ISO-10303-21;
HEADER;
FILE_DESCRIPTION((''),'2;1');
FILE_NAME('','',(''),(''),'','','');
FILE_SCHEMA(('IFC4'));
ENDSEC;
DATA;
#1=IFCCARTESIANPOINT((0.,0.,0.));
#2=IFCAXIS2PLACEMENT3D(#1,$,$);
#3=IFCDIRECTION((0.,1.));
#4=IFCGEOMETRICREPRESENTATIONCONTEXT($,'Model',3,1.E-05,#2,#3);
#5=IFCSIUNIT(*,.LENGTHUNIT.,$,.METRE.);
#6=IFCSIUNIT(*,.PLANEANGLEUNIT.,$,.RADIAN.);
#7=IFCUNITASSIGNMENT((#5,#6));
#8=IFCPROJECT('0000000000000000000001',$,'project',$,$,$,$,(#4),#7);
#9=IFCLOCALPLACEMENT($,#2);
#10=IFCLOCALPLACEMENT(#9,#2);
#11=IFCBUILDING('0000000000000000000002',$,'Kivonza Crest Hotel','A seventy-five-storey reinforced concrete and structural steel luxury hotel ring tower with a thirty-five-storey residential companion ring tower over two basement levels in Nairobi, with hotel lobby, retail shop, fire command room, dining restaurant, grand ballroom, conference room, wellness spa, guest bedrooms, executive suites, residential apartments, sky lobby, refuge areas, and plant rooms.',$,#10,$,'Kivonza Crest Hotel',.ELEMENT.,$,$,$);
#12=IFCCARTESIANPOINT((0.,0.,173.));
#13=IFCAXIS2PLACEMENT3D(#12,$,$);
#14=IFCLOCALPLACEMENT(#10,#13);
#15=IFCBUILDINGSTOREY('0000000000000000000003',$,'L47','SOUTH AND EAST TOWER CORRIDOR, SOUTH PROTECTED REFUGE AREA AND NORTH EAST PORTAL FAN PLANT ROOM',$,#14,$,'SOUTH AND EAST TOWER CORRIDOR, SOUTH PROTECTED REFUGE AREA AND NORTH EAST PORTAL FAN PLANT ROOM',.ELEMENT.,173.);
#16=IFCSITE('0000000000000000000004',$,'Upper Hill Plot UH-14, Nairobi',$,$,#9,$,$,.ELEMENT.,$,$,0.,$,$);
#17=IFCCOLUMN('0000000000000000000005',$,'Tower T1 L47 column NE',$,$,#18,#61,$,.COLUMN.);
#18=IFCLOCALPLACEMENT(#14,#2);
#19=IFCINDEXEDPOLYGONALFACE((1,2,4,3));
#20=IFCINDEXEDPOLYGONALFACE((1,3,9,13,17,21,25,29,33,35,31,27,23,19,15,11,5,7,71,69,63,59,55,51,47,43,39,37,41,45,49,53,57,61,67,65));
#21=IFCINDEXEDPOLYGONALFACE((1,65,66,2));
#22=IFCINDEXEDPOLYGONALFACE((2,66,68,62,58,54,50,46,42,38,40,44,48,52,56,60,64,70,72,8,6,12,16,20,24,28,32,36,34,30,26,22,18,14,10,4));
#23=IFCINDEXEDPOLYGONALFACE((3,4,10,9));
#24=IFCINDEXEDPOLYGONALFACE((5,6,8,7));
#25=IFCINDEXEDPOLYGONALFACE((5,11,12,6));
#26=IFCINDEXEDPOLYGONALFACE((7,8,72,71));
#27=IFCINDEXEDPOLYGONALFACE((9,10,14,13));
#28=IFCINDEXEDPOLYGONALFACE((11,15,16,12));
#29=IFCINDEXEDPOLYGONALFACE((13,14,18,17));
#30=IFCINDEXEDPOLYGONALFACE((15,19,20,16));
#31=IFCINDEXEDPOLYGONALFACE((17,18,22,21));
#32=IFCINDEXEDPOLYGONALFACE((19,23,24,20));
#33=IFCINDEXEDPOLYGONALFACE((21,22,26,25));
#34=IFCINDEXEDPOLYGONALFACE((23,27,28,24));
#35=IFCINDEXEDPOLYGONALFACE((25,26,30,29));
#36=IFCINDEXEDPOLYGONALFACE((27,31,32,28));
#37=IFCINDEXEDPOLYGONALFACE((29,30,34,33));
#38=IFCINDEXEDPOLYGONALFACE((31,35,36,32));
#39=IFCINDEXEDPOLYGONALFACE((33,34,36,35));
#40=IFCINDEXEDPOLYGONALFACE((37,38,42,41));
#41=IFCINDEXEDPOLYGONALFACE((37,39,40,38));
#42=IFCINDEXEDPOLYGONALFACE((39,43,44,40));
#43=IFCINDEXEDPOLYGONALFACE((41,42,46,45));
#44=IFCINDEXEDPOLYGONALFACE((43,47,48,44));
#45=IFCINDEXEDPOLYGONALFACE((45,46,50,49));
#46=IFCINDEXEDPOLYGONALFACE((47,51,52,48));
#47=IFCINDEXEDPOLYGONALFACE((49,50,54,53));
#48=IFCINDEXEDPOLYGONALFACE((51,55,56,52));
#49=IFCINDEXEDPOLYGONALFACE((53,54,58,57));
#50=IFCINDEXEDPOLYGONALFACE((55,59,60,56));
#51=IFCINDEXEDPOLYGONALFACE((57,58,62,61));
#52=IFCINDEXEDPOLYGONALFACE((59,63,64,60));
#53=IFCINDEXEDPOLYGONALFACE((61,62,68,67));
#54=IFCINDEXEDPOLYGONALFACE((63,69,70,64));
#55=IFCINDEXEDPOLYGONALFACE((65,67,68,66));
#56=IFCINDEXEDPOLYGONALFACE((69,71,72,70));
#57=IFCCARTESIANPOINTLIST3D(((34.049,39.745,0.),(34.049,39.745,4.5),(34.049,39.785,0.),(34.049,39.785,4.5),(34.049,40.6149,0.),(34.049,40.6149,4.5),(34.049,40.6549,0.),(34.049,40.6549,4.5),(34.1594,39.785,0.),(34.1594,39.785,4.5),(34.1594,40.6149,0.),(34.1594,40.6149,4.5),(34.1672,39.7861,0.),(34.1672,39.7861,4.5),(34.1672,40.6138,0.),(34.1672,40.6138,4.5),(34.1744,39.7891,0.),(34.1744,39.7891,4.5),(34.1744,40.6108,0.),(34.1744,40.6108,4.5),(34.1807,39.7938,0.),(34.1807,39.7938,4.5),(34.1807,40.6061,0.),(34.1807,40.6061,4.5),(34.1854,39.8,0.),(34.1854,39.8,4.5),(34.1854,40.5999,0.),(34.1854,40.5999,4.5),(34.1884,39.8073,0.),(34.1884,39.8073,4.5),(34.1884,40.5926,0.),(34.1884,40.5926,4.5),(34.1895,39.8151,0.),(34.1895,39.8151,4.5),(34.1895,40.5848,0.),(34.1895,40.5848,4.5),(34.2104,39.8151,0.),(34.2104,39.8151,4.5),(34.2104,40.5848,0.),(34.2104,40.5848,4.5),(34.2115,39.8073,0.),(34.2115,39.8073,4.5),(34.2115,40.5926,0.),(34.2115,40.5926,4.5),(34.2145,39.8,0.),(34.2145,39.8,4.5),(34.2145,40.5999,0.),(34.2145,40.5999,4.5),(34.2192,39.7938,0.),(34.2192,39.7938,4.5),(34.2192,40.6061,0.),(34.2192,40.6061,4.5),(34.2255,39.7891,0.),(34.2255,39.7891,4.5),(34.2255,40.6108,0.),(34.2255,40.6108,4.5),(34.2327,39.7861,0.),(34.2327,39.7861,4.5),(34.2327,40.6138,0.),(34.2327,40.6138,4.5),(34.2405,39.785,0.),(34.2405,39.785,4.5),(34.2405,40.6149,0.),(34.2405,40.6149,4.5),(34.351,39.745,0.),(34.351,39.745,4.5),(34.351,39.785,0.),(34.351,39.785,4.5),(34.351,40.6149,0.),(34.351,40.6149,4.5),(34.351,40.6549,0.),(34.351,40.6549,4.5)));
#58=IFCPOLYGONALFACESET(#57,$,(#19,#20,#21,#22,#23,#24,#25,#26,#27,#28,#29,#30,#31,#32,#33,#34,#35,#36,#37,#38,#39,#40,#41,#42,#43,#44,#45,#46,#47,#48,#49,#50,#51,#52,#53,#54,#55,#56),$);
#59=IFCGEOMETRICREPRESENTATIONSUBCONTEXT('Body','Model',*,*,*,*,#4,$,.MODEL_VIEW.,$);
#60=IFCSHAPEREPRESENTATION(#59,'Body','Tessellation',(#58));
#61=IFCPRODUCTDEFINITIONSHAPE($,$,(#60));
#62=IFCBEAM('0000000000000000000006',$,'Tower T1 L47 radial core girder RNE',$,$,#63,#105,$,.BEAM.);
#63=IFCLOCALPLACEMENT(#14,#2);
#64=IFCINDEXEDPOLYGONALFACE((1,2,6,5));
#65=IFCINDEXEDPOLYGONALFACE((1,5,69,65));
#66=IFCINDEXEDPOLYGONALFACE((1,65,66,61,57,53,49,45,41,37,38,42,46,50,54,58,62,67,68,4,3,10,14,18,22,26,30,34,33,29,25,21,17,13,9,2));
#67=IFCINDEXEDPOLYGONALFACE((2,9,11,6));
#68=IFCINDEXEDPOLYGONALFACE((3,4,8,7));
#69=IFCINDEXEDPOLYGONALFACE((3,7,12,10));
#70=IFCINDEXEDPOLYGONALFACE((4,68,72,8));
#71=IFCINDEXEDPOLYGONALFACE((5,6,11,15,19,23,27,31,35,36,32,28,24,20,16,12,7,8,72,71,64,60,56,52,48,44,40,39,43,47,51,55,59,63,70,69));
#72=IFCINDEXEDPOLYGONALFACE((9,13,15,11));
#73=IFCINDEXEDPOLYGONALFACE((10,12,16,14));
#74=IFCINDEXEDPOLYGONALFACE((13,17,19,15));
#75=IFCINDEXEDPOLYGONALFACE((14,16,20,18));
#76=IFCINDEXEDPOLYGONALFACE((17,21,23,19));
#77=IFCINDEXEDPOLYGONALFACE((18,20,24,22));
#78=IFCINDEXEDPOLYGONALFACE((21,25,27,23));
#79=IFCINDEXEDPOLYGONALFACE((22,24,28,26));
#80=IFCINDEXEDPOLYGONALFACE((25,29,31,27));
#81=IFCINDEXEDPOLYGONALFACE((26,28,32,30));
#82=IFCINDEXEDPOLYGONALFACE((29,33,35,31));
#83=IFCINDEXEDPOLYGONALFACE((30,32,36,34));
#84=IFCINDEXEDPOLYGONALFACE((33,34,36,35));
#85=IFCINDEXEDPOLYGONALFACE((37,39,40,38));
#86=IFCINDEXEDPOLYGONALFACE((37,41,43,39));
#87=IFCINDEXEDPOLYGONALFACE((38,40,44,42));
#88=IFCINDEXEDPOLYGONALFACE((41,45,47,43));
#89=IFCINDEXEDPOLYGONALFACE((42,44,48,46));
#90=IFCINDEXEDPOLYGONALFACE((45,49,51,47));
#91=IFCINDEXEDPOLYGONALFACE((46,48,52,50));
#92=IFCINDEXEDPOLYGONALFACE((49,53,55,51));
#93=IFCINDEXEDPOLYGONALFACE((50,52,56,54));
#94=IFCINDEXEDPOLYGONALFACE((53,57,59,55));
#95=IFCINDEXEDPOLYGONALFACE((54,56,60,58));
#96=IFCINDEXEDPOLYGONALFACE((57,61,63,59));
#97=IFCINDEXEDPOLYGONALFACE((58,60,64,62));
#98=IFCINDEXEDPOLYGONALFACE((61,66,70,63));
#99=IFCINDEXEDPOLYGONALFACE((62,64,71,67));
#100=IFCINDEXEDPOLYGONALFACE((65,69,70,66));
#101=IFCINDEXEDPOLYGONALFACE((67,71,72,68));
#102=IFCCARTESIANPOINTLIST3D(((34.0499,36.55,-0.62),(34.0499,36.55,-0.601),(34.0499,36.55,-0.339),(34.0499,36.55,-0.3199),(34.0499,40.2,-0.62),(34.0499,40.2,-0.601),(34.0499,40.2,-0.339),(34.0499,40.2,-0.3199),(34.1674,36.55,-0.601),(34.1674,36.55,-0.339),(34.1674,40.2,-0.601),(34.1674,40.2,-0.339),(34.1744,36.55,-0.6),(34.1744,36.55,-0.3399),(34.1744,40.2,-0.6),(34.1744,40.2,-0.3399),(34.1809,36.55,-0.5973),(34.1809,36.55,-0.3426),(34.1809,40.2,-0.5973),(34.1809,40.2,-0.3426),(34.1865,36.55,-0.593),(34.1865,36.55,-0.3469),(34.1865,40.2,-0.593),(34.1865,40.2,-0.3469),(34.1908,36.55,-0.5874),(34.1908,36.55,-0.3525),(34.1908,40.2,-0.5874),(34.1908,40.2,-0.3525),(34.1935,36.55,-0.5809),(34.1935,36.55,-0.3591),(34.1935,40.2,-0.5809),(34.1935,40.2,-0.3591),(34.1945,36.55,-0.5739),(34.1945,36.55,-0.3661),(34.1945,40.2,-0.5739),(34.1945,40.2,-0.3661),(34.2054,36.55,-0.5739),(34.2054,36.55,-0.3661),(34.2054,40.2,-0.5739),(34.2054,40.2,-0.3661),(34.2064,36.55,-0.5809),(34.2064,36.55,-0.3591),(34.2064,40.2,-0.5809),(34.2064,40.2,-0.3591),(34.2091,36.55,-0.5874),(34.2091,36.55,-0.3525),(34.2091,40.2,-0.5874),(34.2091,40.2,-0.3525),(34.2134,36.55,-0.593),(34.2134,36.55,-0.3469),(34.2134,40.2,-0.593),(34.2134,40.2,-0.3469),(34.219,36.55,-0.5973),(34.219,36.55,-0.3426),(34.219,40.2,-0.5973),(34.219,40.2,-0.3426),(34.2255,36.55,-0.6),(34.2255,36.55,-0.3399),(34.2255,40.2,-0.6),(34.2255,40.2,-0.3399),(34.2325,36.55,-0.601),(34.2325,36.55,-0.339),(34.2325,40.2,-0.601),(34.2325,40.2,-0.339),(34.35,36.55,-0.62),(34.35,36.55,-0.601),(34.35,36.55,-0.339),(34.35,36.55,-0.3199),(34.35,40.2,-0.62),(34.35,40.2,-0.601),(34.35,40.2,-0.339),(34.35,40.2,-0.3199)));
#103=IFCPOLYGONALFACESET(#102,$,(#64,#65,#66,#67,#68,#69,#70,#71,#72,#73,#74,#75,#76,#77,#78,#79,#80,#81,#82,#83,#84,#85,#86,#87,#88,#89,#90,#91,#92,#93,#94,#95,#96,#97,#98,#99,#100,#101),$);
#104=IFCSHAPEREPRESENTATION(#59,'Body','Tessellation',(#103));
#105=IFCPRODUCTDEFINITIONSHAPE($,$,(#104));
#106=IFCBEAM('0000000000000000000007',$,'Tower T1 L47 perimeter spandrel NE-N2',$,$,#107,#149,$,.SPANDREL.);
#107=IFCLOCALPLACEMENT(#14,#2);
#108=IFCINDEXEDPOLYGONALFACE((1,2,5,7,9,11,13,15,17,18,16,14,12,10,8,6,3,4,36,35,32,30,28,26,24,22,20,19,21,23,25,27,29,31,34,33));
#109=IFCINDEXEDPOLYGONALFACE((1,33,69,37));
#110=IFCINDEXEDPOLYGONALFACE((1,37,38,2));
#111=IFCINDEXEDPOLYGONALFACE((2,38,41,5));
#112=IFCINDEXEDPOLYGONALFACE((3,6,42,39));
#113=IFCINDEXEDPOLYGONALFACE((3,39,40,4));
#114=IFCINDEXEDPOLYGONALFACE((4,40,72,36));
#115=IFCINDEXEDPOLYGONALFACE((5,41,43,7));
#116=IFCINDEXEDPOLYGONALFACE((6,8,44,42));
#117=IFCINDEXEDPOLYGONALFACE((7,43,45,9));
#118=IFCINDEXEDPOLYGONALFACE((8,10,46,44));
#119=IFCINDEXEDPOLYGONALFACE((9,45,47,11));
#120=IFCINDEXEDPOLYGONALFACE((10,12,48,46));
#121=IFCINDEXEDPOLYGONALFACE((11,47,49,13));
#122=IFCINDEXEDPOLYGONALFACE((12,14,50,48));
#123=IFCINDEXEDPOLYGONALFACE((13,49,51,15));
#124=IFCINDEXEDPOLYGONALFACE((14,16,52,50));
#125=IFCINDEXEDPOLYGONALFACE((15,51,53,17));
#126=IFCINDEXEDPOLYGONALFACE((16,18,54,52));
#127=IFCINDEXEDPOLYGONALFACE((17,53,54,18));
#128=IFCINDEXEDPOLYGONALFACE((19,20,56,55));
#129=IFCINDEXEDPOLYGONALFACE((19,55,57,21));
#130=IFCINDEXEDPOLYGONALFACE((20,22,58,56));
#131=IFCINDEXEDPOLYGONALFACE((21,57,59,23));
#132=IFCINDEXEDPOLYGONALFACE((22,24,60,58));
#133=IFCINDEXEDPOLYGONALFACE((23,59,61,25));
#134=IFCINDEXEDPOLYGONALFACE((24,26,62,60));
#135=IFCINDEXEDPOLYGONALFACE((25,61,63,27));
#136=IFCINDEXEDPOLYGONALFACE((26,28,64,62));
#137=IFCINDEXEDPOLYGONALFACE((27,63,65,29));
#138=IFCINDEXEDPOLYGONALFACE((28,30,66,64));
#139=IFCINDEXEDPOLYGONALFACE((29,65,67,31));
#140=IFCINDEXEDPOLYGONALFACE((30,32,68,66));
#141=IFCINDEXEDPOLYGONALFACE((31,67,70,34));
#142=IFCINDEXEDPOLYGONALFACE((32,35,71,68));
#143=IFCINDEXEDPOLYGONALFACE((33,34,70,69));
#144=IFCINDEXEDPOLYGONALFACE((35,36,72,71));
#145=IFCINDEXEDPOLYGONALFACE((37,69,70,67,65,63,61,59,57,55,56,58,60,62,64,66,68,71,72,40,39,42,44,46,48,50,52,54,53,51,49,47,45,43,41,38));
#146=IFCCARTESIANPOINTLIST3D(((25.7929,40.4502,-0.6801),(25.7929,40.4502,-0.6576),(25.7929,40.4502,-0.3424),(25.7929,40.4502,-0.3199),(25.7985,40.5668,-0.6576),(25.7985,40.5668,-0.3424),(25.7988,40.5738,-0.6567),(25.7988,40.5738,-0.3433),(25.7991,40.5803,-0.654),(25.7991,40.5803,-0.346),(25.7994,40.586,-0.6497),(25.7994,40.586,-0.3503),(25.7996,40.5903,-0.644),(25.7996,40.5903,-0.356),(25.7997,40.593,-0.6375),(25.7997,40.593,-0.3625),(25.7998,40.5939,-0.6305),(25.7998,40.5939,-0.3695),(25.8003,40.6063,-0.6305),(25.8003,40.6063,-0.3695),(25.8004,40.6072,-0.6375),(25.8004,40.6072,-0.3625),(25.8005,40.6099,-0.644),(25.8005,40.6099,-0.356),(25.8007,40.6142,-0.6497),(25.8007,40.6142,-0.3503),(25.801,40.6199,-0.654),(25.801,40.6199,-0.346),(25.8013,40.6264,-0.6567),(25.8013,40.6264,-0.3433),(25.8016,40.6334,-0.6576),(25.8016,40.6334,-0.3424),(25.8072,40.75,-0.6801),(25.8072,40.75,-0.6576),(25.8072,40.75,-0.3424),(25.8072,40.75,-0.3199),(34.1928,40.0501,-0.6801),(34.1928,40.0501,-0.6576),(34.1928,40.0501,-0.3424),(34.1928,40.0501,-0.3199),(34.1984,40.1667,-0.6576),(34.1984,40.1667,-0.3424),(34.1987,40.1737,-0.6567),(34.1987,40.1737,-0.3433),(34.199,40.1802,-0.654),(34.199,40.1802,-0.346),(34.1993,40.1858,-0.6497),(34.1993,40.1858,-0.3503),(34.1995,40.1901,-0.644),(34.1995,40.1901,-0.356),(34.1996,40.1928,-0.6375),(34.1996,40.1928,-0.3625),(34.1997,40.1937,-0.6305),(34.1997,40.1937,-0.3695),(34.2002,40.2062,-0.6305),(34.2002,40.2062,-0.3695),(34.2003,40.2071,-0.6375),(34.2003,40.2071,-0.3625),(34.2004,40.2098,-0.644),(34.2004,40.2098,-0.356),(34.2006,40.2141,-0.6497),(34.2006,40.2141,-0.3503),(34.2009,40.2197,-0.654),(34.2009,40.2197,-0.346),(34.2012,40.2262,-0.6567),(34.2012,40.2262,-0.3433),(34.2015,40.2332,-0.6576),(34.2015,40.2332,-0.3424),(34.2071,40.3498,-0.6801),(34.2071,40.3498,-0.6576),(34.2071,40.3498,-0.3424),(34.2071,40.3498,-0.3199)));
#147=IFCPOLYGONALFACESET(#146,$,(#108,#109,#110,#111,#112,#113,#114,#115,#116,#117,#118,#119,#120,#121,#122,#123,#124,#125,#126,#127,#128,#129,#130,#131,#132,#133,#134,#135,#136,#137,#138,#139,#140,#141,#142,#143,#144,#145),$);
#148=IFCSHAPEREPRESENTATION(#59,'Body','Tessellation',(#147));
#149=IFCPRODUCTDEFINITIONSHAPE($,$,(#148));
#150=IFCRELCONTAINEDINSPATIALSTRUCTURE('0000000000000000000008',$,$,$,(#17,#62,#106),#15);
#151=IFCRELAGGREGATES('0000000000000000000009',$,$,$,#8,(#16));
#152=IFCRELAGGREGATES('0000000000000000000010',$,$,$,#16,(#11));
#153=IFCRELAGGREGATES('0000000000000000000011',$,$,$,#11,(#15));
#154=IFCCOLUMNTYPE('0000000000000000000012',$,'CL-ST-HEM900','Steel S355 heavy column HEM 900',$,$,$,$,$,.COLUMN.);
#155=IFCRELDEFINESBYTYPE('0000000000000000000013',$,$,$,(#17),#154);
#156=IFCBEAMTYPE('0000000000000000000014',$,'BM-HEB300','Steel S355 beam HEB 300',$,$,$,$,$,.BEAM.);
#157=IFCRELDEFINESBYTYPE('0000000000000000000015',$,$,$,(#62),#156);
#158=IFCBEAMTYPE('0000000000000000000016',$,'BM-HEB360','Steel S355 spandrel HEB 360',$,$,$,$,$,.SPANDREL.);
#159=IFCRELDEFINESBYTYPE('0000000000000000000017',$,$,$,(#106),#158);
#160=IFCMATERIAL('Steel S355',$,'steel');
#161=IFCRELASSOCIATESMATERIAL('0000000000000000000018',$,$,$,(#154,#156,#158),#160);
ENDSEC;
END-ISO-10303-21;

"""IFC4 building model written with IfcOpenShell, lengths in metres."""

from ifc_helpers import new_model, si_unit, direction, frame, origin, origin_2d, place, context, subcontext, project, spatial, i_section, extrude, material, material_profile, profile_set, type_object, element, save


model = new_model("IFC4")

# Units and contexts
model_context = context("Model", 3, precision=1e-05, world=origin(), true_north=direction((0.0, 1.0)))
body_context = subcontext(model_context, "Body", "Model", "MODEL_VIEW")
ifc_project = project(units=[si_unit("LENGTHUNIT", "METRE"), si_unit("PLANEANGLEUNIT", "RADIAN")], contexts=[model_context])

# Site, building, storey
site_placement = place(None, origin())
site = spatial("IfcSite", under=ifc_project, at=site_placement, Name="Upper Hill Plot UH-14, Nairobi", CompositionType="ELEMENT", RefElevation=0.0)
building_placement = place(site_placement, origin())
building = spatial("IfcBuilding", under=site, at=building_placement, Name="Kivonza Crest Hotel", Description="A seventy-five-storey reinforced concrete and structural steel luxury hotel ring tower with a thirty-five-storey residential companion ring tower over two basement levels in Nairobi, with hotel lobby, retail shop, fire command room, dining restaurant, grand ballroom, conference room, wellness spa, guest bedrooms, executive suites, residential apartments, sky lobby, refuge areas, and plant rooms.", LongName="Kivonza Crest Hotel", CompositionType="ELEMENT")
storey_placement = place(building_placement, frame((0.0, 0.0, 173.0)))
storey = spatial("IfcBuildingStorey", under=building, at=storey_placement, Name="L47", Description="SOUTH AND EAST TOWER CORRIDOR, SOUTH PROTECTED REFUGE AREA AND NORTH EAST PORTAL FAN PLANT ROOM", LongName="SOUTH AND EAST TOWER CORRIDOR, SOUTH PROTECTED REFUGE AREA AND NORTH EAST PORTAL FAN PLANT ROOM", CompositionType="ELEMENT", Elevation=173.0)

# Column
ifc_material_1 = material(Name="Steel S355", Category="steel")
ifc_material_profile_1 = material_profile(ifc_material_1, i_section(OverallWidth=0.302, OverallDepth=0.9099, WebThickness=0.021, FlangeThickness=0.04, FilletRadius=0.03, at=origin_2d()), Name="HEM 900")
ifc_profile_set_1 = profile_set([ifc_material_profile_1], Name="Steel S355")
column_type = type_object("IfcColumnType", Name="CL-ST-HEM900", Description="Steel S355 heavy column HEM 900", PredefinedType="COLUMN", material=ifc_profile_set_1)
column_placement = place(storey_placement, frame((34.2, 40.2, 0.0), z_axis=(0.0, 0.0, 1.0), x_axis=(1.0, 0.0, 0.0)))
element("IfcColumn", 1, at=column_placement, inside=storey, type_object=column_type, Name="Tower T1 L47 column NE", PredefinedType="COLUMN", context=body_context, shape_type="SweptSolid", body=[
    extrude(i_section(OverallWidth=0.302, OverallDepth=0.9099, WebThickness=0.021, FlangeThickness=0.04, FilletRadius=0.03, at=origin_2d()), origin(), (0.0, 0.0, 1.0), 4.5),
])

# Beams
ifc_material_profile_2 = material_profile(ifc_material_1, i_section(OverallWidth=0.3, OverallDepth=0.3, WebThickness=0.011, FlangeThickness=0.019, FilletRadius=0.0271, at=origin_2d()), Name="HEB 300")
ifc_profile_set_2 = profile_set([ifc_material_profile_2], Name="Steel S355")
beam_type_1 = type_object("IfcBeamType", Name="BM-HEB300", Description="Steel S355 beam HEB 300", PredefinedType="BEAM", material=ifc_profile_set_2)
beam_1_placement = place(storey_placement, frame((34.2, 40.2, -0.47), z_axis=(0.0, -1.0, 0.0), x_axis=(1.0, 0.0, 0.0)))
element("IfcBeam", 2, at=beam_1_placement, inside=storey, type_object=beam_type_1, Name="Tower T1 L47 radial core girder RNE", PredefinedType="BEAM", context=body_context, shape_type="SweptSolid", body=[
    extrude(i_section(OverallWidth=0.3, OverallDepth=0.3, WebThickness=0.011, FlangeThickness=0.019, FilletRadius=0.0271, at=origin_2d()), origin(), (0.0, 0.0, 1.0), 3.6499),
])
ifc_material_profile_3 = material_profile(ifc_material_1, i_section(OverallWidth=0.3, OverallDepth=0.3601, WebThickness=0.0125, FlangeThickness=0.0225, FilletRadius=0.0271, at=origin_2d()), Name="HEB 360")
ifc_profile_set_3 = profile_set([ifc_material_profile_3], Name="Steel S355")
beam_type_2 = type_object("IfcBeamType", Name="BM-HEB360", Description="Steel S355 spandrel HEB 360", PredefinedType="SPANDREL", material=ifc_profile_set_3)
beam_2_placement = place(storey_placement, frame((34.2, 40.2, -0.5), z_axis=(-0.998867, 0.047583, 0.0), x_axis=(-0.047583, -0.998867, 0.0)))
element("IfcBeam", 3, at=beam_2_placement, inside=storey, type_object=beam_type_2, Name="Tower T1 L47 perimeter spandrel NE-N2", PredefinedType="SPANDREL", context=body_context, shape_type="SweptSolid", body=[
    extrude(i_section(OverallWidth=0.3, OverallDepth=0.3601, WebThickness=0.0125, FlangeThickness=0.0225, FilletRadius=0.0271, at=origin_2d()), origin(), (0.0, 0.0, 1.0), 8.4094),
])

save(model, "model.ifc")
